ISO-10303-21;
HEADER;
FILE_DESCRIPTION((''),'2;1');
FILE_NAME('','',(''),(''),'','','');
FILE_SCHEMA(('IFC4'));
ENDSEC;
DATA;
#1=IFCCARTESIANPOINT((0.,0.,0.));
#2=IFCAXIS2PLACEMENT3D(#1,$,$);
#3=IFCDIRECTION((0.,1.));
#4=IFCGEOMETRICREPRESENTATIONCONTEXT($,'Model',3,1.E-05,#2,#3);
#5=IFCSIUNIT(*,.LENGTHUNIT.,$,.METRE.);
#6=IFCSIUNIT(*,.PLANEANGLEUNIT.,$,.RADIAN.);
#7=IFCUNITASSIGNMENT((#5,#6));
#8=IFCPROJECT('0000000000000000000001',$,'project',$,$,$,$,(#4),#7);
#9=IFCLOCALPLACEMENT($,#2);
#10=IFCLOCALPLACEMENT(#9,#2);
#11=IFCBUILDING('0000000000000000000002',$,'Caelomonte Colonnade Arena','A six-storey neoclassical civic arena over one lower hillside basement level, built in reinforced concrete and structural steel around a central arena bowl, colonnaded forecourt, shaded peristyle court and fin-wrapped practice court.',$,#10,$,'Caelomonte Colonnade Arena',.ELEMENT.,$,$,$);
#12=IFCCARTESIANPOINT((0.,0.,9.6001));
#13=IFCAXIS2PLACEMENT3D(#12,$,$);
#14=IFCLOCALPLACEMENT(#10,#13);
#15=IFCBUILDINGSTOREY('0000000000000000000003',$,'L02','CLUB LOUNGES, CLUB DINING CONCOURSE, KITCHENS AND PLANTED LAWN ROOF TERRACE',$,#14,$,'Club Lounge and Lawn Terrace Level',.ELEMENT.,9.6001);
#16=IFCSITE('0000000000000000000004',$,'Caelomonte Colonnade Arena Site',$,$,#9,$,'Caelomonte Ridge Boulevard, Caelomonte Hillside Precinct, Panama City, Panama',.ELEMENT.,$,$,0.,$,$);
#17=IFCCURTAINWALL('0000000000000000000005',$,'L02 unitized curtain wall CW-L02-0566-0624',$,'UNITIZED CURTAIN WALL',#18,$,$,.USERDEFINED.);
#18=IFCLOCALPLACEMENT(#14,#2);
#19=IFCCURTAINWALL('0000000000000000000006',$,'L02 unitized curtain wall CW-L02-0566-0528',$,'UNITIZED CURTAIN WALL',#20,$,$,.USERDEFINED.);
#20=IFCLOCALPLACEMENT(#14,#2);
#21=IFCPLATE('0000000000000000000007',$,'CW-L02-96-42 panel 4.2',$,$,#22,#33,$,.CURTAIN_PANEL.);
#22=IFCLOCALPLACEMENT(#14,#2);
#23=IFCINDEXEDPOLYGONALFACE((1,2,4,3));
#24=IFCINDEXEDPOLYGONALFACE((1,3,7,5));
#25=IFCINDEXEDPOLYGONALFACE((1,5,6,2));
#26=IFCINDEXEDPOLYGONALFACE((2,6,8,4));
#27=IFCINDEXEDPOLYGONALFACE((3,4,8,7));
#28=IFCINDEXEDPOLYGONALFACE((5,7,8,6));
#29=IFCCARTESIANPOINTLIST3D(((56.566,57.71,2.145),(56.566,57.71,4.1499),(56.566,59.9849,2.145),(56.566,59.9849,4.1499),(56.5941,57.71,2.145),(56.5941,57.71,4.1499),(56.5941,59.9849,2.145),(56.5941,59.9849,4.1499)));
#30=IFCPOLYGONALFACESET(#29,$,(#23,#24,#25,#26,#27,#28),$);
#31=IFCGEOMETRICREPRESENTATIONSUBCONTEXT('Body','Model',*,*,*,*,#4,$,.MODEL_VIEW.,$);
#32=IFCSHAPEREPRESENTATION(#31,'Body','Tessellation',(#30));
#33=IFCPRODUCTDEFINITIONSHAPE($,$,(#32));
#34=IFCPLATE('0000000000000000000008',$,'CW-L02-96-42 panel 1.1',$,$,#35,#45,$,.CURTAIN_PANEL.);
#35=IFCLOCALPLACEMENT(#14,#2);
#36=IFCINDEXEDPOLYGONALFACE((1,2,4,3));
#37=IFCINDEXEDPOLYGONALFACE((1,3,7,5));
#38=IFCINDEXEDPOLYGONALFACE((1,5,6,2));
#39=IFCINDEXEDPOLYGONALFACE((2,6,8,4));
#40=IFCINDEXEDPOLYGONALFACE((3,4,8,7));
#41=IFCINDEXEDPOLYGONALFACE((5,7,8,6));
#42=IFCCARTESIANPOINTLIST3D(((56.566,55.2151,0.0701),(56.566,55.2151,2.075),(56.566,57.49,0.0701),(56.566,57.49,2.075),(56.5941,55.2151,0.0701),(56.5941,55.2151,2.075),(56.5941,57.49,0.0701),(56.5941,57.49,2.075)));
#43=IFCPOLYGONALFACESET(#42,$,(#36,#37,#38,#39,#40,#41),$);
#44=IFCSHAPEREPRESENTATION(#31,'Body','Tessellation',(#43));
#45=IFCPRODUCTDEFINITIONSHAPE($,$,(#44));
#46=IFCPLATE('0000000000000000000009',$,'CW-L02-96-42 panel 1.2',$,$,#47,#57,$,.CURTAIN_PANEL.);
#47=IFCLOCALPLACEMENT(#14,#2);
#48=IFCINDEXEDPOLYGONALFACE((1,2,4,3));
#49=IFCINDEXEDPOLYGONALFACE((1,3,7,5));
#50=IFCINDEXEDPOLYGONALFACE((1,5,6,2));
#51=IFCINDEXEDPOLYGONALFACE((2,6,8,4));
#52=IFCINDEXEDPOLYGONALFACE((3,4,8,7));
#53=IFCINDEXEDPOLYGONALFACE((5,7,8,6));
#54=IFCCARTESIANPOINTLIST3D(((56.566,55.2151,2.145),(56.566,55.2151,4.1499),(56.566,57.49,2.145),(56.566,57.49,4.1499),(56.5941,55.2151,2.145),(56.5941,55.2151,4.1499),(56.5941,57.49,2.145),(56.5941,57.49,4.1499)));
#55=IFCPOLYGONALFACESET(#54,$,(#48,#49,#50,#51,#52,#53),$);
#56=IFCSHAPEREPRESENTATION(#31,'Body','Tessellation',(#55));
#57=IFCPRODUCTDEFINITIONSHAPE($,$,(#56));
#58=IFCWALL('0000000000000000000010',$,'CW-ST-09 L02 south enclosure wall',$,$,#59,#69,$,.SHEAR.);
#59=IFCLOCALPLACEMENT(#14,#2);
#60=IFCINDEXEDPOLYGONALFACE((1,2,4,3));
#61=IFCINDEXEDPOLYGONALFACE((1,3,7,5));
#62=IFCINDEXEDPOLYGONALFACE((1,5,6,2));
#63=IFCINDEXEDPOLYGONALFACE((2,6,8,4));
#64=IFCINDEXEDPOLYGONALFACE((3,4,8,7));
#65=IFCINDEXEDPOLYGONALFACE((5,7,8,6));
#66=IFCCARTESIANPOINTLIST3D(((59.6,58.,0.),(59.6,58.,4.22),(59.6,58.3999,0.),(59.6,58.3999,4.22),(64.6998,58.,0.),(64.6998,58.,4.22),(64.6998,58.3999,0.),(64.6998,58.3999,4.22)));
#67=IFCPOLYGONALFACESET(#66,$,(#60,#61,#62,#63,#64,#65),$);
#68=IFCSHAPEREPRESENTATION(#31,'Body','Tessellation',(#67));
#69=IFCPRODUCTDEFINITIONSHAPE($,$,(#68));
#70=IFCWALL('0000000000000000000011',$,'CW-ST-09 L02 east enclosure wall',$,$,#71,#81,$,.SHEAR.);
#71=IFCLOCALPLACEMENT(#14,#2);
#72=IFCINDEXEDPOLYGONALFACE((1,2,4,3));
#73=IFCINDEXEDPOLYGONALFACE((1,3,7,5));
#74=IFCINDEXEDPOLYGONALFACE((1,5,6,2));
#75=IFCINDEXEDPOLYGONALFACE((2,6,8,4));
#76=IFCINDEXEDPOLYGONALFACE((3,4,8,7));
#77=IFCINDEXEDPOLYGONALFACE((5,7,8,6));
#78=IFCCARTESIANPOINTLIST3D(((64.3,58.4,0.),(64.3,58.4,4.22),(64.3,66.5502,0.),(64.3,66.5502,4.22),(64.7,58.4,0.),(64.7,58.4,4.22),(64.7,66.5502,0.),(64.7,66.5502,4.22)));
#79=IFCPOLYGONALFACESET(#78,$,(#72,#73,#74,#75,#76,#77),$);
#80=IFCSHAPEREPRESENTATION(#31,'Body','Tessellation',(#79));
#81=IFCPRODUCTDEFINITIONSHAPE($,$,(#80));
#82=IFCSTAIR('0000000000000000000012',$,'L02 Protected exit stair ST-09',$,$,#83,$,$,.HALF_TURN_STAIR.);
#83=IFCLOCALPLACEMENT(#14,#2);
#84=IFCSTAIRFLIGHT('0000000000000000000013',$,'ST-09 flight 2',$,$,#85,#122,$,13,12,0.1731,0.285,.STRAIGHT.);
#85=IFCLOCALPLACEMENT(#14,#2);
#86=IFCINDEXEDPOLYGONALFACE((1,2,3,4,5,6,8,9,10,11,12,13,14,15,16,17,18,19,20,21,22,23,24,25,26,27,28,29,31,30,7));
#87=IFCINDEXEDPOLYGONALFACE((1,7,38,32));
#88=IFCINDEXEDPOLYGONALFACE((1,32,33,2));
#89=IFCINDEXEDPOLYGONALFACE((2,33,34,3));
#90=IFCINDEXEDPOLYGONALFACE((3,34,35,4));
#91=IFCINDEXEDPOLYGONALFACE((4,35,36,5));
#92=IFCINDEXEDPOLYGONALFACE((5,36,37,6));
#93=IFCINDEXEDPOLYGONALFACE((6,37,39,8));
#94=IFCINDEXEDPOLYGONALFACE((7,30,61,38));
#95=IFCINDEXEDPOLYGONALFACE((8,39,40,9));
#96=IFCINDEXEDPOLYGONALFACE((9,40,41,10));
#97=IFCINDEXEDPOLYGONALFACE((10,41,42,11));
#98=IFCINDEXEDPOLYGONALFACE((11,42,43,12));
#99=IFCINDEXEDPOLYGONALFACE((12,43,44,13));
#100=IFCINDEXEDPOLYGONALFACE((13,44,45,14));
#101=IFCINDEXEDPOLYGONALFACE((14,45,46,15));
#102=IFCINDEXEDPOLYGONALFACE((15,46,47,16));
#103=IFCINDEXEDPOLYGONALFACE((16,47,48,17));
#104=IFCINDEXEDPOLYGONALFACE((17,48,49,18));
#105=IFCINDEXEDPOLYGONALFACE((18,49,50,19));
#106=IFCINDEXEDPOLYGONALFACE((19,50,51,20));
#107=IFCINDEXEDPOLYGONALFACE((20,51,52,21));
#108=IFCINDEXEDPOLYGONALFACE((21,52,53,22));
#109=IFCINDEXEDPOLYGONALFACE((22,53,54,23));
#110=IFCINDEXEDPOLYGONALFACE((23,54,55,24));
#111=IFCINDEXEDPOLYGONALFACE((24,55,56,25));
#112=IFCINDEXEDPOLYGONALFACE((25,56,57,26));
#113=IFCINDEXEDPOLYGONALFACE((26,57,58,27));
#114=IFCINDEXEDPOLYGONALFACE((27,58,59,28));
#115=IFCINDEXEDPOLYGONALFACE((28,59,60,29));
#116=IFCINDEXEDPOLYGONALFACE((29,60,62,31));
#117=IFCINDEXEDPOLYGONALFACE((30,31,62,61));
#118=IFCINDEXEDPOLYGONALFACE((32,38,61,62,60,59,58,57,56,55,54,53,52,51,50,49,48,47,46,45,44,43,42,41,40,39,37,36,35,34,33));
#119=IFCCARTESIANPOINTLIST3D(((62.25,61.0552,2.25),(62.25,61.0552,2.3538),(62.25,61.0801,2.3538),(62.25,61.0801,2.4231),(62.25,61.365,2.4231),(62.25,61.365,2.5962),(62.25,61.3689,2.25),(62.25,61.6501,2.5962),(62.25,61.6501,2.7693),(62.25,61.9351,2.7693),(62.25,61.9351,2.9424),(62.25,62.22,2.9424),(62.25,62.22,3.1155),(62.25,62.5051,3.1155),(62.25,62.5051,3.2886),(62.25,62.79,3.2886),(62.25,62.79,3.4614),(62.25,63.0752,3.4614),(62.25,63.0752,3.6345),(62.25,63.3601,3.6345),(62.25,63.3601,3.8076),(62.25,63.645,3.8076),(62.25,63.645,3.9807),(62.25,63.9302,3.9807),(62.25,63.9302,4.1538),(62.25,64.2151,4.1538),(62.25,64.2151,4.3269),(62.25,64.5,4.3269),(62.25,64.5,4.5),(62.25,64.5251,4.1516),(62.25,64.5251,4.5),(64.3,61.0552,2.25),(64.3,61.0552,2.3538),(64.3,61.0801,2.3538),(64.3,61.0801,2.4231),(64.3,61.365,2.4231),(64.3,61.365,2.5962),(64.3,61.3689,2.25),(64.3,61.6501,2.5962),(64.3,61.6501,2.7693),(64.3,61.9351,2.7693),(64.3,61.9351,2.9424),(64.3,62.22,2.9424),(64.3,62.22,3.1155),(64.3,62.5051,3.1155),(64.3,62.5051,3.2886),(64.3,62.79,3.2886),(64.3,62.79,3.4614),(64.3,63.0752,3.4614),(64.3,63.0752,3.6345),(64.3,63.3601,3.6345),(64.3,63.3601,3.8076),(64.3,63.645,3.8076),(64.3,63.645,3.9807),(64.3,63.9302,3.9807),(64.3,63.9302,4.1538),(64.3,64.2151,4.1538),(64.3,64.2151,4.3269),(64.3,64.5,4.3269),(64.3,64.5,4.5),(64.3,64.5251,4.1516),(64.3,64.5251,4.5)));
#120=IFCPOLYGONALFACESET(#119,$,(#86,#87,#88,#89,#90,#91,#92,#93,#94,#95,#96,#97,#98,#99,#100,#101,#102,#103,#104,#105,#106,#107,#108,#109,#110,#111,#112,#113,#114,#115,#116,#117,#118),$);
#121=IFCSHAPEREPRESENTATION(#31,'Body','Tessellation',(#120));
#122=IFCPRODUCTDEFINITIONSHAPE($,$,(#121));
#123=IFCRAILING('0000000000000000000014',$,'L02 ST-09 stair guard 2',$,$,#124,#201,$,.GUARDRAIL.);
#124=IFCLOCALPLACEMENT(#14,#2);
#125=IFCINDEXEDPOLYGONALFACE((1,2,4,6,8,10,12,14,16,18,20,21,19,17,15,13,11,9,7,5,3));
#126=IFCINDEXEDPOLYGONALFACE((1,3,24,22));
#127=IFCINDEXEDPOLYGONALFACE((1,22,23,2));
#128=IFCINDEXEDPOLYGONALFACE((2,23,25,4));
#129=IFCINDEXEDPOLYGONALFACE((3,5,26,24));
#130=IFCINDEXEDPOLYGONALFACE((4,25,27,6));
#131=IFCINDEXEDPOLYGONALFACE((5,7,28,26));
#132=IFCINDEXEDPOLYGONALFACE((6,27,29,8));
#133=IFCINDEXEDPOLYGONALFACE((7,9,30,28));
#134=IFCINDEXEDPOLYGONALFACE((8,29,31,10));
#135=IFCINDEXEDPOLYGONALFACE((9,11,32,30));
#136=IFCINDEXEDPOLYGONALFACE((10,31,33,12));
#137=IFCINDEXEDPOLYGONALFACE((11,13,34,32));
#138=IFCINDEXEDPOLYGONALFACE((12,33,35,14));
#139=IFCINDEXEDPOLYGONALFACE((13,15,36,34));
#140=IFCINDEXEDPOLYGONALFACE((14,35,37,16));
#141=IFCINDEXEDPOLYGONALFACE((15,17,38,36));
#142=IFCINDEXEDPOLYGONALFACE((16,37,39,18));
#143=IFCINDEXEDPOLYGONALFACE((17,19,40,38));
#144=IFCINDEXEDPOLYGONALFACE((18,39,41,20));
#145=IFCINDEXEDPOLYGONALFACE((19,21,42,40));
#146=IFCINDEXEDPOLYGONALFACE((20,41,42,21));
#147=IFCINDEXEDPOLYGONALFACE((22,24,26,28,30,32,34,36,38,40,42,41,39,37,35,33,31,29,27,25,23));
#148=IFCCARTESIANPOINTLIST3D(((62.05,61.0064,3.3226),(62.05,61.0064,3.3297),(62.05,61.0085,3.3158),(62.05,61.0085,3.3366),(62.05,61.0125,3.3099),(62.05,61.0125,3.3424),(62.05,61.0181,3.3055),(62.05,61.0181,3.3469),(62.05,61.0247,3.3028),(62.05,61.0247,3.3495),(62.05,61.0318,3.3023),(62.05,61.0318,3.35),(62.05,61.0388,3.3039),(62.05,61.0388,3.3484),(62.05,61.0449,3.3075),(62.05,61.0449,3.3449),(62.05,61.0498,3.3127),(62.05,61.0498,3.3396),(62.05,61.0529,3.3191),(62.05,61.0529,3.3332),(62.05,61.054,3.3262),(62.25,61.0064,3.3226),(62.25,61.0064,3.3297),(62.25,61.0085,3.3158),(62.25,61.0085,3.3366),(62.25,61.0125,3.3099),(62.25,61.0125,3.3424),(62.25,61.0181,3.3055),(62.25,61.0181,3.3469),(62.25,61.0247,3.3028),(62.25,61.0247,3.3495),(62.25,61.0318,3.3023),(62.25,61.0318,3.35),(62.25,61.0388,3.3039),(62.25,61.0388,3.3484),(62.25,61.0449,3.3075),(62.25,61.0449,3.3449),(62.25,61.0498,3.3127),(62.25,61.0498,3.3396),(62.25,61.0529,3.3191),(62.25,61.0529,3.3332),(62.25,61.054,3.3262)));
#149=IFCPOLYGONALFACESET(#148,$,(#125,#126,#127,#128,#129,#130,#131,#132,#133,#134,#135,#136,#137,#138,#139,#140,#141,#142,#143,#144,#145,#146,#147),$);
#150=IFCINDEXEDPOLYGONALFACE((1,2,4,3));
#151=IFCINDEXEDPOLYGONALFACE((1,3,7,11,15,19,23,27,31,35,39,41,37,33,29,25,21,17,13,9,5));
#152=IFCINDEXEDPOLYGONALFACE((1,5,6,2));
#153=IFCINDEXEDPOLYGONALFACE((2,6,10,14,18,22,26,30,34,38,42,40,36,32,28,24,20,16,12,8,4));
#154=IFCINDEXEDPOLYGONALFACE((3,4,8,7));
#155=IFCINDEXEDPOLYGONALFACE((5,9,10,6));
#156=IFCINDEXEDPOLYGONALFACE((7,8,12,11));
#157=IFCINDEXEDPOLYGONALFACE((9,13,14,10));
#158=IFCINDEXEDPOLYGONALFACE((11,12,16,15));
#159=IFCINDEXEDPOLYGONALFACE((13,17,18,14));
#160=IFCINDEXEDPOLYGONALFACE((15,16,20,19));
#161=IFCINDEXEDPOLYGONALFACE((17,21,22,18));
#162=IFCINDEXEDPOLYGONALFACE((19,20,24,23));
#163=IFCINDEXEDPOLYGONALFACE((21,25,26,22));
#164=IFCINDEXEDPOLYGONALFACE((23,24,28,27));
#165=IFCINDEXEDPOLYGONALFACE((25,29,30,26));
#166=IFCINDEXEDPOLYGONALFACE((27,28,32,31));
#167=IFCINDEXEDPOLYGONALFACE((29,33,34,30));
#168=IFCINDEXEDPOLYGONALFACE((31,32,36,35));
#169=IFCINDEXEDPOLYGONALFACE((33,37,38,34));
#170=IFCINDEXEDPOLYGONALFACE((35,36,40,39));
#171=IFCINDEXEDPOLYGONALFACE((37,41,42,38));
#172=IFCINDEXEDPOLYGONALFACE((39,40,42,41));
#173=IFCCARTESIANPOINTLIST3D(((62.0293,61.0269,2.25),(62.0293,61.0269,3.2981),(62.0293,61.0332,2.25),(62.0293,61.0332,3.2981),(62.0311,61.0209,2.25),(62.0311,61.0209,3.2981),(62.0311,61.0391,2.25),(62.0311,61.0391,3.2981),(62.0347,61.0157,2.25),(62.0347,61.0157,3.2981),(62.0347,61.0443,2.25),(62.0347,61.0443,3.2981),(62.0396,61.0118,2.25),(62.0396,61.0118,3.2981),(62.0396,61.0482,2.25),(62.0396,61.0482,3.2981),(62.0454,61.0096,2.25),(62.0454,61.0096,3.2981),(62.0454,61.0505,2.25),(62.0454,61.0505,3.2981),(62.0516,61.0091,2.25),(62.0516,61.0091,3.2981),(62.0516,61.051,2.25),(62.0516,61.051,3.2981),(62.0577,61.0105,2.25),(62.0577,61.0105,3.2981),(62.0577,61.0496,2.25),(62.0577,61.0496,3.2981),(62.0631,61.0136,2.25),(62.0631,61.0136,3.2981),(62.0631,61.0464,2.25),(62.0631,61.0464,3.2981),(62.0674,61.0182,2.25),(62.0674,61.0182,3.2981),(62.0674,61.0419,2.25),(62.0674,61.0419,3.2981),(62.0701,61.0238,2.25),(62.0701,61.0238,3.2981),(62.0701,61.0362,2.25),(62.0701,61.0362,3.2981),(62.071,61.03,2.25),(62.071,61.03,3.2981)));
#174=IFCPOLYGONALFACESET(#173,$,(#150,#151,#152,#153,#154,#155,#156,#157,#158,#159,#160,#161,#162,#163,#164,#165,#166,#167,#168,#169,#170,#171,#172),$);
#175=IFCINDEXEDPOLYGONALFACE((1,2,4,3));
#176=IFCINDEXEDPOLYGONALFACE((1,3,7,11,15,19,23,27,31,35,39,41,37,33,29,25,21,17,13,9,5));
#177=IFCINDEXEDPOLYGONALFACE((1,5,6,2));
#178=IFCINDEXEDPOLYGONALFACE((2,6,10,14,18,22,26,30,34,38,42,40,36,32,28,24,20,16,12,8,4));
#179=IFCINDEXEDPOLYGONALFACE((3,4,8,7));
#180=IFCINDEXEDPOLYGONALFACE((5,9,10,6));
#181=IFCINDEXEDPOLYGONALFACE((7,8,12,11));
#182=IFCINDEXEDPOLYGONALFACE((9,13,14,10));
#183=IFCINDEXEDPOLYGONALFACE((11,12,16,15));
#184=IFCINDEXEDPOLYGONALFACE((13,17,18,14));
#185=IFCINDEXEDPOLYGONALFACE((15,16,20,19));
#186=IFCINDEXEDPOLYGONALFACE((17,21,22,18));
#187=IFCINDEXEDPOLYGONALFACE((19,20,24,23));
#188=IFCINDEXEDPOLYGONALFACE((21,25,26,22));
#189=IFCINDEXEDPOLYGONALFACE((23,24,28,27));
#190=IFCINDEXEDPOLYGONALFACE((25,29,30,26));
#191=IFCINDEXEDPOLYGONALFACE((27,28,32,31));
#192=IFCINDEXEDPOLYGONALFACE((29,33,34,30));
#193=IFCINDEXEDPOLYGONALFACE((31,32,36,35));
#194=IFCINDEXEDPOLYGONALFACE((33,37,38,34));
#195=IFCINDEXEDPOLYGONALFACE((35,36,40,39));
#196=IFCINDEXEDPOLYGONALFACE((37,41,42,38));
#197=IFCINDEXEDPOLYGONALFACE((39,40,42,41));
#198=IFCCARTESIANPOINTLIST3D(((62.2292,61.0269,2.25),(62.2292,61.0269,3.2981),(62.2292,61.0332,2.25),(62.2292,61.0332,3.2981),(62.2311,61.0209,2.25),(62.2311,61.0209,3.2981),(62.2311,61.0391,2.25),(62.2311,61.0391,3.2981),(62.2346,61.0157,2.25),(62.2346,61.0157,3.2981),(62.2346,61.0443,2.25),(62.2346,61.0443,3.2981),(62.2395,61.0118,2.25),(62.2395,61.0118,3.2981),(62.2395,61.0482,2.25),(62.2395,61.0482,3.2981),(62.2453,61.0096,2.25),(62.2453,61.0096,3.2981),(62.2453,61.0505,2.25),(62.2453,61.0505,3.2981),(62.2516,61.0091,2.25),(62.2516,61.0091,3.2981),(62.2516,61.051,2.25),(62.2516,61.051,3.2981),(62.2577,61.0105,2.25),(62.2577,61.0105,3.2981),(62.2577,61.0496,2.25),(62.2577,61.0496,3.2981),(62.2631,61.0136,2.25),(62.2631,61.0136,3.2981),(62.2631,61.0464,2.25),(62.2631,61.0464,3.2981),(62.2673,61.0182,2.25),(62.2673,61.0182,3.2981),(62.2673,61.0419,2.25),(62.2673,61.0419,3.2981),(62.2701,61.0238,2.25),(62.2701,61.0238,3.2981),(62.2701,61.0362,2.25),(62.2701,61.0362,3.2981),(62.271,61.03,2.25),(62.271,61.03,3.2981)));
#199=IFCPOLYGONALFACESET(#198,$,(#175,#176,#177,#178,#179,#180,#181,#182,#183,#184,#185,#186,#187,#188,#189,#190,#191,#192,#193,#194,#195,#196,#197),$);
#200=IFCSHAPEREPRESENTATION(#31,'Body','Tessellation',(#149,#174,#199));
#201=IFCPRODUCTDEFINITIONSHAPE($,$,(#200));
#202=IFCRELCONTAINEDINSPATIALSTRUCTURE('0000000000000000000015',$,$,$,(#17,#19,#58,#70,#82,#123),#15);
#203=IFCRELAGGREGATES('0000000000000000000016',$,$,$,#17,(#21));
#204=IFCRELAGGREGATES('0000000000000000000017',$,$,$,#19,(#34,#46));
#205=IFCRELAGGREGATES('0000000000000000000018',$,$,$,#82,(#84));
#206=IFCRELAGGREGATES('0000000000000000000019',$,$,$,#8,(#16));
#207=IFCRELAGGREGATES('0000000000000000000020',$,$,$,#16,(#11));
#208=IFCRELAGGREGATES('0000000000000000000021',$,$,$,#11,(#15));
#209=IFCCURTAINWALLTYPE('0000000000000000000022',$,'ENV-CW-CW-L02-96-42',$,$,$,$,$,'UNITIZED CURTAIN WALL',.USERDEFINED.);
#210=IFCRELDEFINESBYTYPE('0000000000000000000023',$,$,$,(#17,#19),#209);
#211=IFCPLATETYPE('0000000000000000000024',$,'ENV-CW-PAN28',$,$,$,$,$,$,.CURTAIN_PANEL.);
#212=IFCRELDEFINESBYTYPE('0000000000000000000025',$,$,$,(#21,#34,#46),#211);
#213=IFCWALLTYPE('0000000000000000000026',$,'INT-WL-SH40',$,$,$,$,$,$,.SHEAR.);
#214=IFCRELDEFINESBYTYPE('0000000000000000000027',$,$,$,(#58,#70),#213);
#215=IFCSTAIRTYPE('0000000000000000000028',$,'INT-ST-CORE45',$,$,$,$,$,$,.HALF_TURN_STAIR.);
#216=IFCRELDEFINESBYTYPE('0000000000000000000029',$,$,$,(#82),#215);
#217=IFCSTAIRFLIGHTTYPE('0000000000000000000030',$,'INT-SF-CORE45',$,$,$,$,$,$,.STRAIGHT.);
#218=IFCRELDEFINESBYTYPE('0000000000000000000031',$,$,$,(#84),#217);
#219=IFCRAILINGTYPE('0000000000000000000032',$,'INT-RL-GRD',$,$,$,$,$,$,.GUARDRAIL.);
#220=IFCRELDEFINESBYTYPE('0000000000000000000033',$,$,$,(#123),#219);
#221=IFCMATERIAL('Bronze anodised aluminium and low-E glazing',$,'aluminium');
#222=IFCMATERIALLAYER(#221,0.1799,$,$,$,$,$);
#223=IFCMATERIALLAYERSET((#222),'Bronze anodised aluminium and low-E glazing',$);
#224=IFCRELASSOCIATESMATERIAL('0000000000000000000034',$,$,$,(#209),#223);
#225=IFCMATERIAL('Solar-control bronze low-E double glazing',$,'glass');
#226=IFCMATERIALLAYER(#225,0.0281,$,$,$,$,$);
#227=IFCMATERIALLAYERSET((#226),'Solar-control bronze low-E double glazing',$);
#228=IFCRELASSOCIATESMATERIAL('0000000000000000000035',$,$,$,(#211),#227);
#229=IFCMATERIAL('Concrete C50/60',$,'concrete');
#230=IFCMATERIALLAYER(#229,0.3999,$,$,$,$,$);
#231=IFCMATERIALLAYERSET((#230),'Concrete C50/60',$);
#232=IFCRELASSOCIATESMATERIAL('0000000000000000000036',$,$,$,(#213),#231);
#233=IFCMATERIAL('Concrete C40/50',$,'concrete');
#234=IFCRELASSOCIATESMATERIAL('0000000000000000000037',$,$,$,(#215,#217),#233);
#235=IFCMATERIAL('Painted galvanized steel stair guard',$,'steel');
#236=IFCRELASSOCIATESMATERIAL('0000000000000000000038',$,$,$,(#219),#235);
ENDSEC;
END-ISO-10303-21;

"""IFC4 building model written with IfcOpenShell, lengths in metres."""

from ifc_helpers import new_model, si_unit, direction, frame, frame_2d, origin, origin_2d, place, context, subcontext, project, spatial, polyline, rectangle, circle, outline, extrude, material, layer, layer_set, type_object, element, aggregate, save


model = new_model("IFC4")

# Units and contexts
model_context = context("Model", 3, precision=1e-05, world=origin(), true_north=direction((0.0, 1.0)))
body_context = subcontext(model_context, "Body", "Model", "MODEL_VIEW")
ifc_project = project(units=[si_unit("LENGTHUNIT", "METRE"), si_unit("PLANEANGLEUNIT", "RADIAN")], contexts=[model_context])

# Site, building, storey
site_placement = place(None, origin())
site = spatial("IfcSite", under=ifc_project, at=site_placement, Name="Caelomonte Colonnade Arena Site", LongName="Caelomonte Ridge Boulevard, Caelomonte Hillside Precinct, Panama City, Panama", CompositionType="ELEMENT", RefElevation=0.0)
building_placement = place(site_placement, origin())
building = spatial("IfcBuilding", under=site, at=building_placement, Name="Caelomonte Colonnade Arena", Description="A six-storey neoclassical civic arena over one lower hillside basement level, built in reinforced concrete and structural steel around a central arena bowl, colonnaded forecourt, shaded peristyle court and fin-wrapped practice court.", LongName="Caelomonte Colonnade Arena", CompositionType="ELEMENT")
storey_placement = place(building_placement, frame((0.0, 0.0, 9.6001)))
storey = spatial("IfcBuildingStorey", under=building, at=storey_placement, Name="L02", Description="CLUB LOUNGES, CLUB DINING CONCOURSE, KITCHENS AND PLANTED LAWN ROOF TERRACE", LongName="Club Lounge and Lawn Terrace Level", CompositionType="ELEMENT", Elevation=9.6001)

# Shared definitions
ifc_material_1 = material(Name="Concrete C50/60", Category="concrete")

# Curtain walls
ifc_material_2 = material(Name="Bronze anodised aluminium and low-E glazing", Category="aluminium")
ifc_layer_1 = layer(ifc_material_2, 0.1799)
ifc_layer_set_1 = layer_set([ifc_layer_1], Name="Bronze anodised aluminium and low-E glazing")
curtain_wall_type = type_object("IfcCurtainWallType", Name="ENV-CW-CW-L02-96-42", ElementType="UNITIZED CURTAIN WALL", PredefinedType="USERDEFINED", material=ifc_layer_set_1)
curtain_wall_1_placement = place(storey_placement, origin())
curtain_wall_1 = element("IfcCurtainWall", 1, at=curtain_wall_1_placement, inside=storey, type_object=curtain_wall_type, Name="L02 unitized curtain wall CW-L02-0566-0624", ObjectType="UNITIZED CURTAIN WALL", PredefinedType="USERDEFINED")
curtain_wall_2_placement = place(storey_placement, origin())
curtain_wall_2 = element("IfcCurtainWall", 2, at=curtain_wall_2_placement, inside=storey, type_object=curtain_wall_type, Name="L02 unitized curtain wall CW-L02-0566-0528", ObjectType="UNITIZED CURTAIN WALL", PredefinedType="USERDEFINED")

# Plates
ifc_material_3 = material(Name="Solar-control bronze low-E double glazing", Category="glass")
ifc_layer_2 = layer(ifc_material_3, 0.0281)
ifc_layer_set_2 = layer_set([ifc_layer_2], Name="Solar-control bronze low-E double glazing")
plate_type = type_object("IfcPlateType", Name="ENV-CW-PAN28", PredefinedType="CURTAIN_PANEL", material=ifc_layer_set_2)
plate_1_placement = place(storey_placement, frame((56.5801, 58.8474, 2.145), z_axis=(0.0, 0.0, 1.0), x_axis=(0.0, -1.0, 0.0)))
plate_1 = element("IfcPlate", 3, at=plate_1_placement, type_object=plate_type, Name="CW-L02-96-42 panel 4.2", PredefinedType="CURTAIN_PANEL", context=body_context, shape_type="SweptSolid", body=[
    extrude(rectangle(XDim=2.2749, YDim=0.0281, at=origin_2d()), origin(), (0.0, 0.0, 1.0), 2.0049),
])
aggregate(curtain_wall_1, [plate_1])
plate_2_placement = place(storey_placement, frame((56.5801, 56.3525, 0.0701), z_axis=(0.0, 0.0, 1.0), x_axis=(0.0, -1.0, 0.0)))
plate_2 = element("IfcPlate", 4, at=plate_2_placement, type_object=plate_type, Name="CW-L02-96-42 panel 1.1", PredefinedType="CURTAIN_PANEL", context=body_context, shape_type="SweptSolid", body=[
    extrude(rectangle(XDim=2.2749, YDim=0.0281, at=origin_2d()), origin(), (0.0, 0.0, 1.0), 2.0049),
])
plate_3_placement = place(storey_placement, frame((56.5801, 56.3525, 2.145), z_axis=(0.0, 0.0, 1.0), x_axis=(0.0, -1.0, 0.0)))
plate_3 = element("IfcPlate", 5, at=plate_3_placement, type_object=plate_type, Name="CW-L02-96-42 panel 1.2", PredefinedType="CURTAIN_PANEL", context=body_context, shape_type="SweptSolid", body=[
    extrude(rectangle(XDim=2.2749, YDim=0.0281, at=origin_2d()), origin(), (0.0, 0.0, 1.0), 2.0049),
])
aggregate(curtain_wall_2, [plate_2, plate_3])

# Walls
ifc_layer_3 = layer(ifc_material_1, 0.3999)
ifc_layer_set_3 = layer_set([ifc_layer_3], Name="Concrete C50/60")
wall_type = type_object("IfcWallType", Name="INT-WL-SH40", PredefinedType="SHEAR", material=ifc_layer_set_3)
wall_1_placement = place(storey_placement, frame((59.6001, 58.2, 0.0), z_axis=(0.0, 0.0, 1.0), x_axis=(1.0, 0.0, 0.0)))
element("IfcWall", 6, at=wall_1_placement, inside=storey, type_object=wall_type, Name="CW-ST-09 L02 south enclosure wall", PredefinedType="SHEAR", context=body_context, shape_type="SweptSolid", body=[
    extrude(rectangle(XDim=5.0999, YDim=0.3999, at=frame_2d((2.5498, 0.0))), origin(), (0.0, 0.0, 1.0), 4.22),
])
wall_2_placement = place(storey_placement, frame((64.5, 58.3999, 0.0), z_axis=(0.0, 0.0, 1.0), x_axis=(0.0, 1.0, 0.0)))
element("IfcWall", 7, at=wall_2_placement, inside=storey, type_object=wall_type, Name="CW-ST-09 L02 east enclosure wall", PredefinedType="SHEAR", context=body_context, shape_type="SweptSolid", body=[
    extrude(rectangle(XDim=8.1501, YDim=0.3999, at=frame_2d((4.0752, 0.0))), origin(), (0.0, 0.0, 1.0), 4.22),
])

# Stair, stair flight
ifc_material_4 = material(Name="Concrete C40/50", Category="concrete")
stair_type = type_object("IfcStairType", Name="INT-ST-CORE45", PredefinedType="HALF_TURN_STAIR", material=ifc_material_4)
stair_placement = place(storey_placement, origin())
stair = element("IfcStair", 8, at=stair_placement, inside=storey, type_object=stair_type, Name="L02 Protected exit stair ST-09", PredefinedType="HALF_TURN_STAIR")
stair_flight_type = type_object("IfcStairFlightType", Name="INT-SF-CORE45", PredefinedType="STRAIGHT", material=ifc_material_4)
stair_flight_placement = place(storey_placement, frame((63.2749, 61.0801, 2.25), z_axis=(0.0, 0.0, 1.0), x_axis=(0.0, 1.0, 0.0)))
stair_flight = element("IfcStairFlight", 9, at=stair_flight_placement, type_object=stair_flight_type, Name="ST-09 flight 2", NumberOfRisers=13, NumberOfTreads=12, PredefinedType="STRAIGHT", RiserHeight=0.1731, TreadLength=0.285, context=body_context, shape_type="SweptSolid", body=[
    extrude(outline(polyline([(-0.0249, 0.0), (-0.0249, 0.1038), (0.0, 0.1038), (0.0, 0.1731), (0.2849, 0.1731), (0.2849, 0.3462), (0.5701, 0.3462), (0.5701, 0.5193), (0.855, 0.5193), (0.855, 0.6924), (1.1399, 0.6924), (1.1399, 0.8655), (1.425, 0.8655), (1.425, 1.0386), (1.71, 1.0386), (1.71, 1.2114), (1.9951, 1.2114), (1.9951, 1.3845), (2.28, 1.3845), (2.28, 1.5576), (2.5649, 1.5576), (2.5649, 1.7307), (2.8501, 1.7307), (2.8501, 1.9038), (3.135, 1.9038), (3.135, 2.0769), (3.4199, 2.0769), (3.4199, 2.25), (3.4451, 2.25), (3.4451, 1.9016), (0.2888, 0.0), (-0.0249, 0.0)])), frame((0.0, 1.0249, 0.0), z_axis=(0.0, -1.0, 0.0), x_axis=(1.0, 0.0, 0.0)), (0.0, 0.0, 1.0), 2.05),
])
aggregate(stair, [stair_flight])

# Railing
ifc_material_5 = material(Name="Painted galvanized steel stair guard", Category="steel")
railing_type = type_object("IfcRailingType", Name="INT-RL-GRD", PredefinedType="GUARDRAIL", material=ifc_material_5)
railing_1_placement = place(storey_placement, frame((62.05, 61.03, 2.25)))
element("IfcRailing", 10, at=railing_1_placement, inside=storey, type_object=railing_type, Name="L02 ST-09 stair guard 2", PredefinedType="GUARDRAIL", context=body_context, shape_type="SweptSolid", body=[
    extrude(circle(Radius=0.0239, at=origin_2d()), frame((0.0, 0.0, 1.0762), z_axis=(1.0, 0.0, 0.0), x_axis=(0.0, 1.0, 0.0)), (0.0, 0.0, 1.0), 0.2),
    extrude(circle(Radius=0.021, at=origin_2d()), origin(), (0.0, 0.0, 1.0), 1.0481),
    extrude(circle(Radius=0.021, at=origin_2d()), frame((0.2, 0.0, 0.0)), (0.0, 0.0, 1.0), 1.0481),
])

save(model, "model.ifc")
